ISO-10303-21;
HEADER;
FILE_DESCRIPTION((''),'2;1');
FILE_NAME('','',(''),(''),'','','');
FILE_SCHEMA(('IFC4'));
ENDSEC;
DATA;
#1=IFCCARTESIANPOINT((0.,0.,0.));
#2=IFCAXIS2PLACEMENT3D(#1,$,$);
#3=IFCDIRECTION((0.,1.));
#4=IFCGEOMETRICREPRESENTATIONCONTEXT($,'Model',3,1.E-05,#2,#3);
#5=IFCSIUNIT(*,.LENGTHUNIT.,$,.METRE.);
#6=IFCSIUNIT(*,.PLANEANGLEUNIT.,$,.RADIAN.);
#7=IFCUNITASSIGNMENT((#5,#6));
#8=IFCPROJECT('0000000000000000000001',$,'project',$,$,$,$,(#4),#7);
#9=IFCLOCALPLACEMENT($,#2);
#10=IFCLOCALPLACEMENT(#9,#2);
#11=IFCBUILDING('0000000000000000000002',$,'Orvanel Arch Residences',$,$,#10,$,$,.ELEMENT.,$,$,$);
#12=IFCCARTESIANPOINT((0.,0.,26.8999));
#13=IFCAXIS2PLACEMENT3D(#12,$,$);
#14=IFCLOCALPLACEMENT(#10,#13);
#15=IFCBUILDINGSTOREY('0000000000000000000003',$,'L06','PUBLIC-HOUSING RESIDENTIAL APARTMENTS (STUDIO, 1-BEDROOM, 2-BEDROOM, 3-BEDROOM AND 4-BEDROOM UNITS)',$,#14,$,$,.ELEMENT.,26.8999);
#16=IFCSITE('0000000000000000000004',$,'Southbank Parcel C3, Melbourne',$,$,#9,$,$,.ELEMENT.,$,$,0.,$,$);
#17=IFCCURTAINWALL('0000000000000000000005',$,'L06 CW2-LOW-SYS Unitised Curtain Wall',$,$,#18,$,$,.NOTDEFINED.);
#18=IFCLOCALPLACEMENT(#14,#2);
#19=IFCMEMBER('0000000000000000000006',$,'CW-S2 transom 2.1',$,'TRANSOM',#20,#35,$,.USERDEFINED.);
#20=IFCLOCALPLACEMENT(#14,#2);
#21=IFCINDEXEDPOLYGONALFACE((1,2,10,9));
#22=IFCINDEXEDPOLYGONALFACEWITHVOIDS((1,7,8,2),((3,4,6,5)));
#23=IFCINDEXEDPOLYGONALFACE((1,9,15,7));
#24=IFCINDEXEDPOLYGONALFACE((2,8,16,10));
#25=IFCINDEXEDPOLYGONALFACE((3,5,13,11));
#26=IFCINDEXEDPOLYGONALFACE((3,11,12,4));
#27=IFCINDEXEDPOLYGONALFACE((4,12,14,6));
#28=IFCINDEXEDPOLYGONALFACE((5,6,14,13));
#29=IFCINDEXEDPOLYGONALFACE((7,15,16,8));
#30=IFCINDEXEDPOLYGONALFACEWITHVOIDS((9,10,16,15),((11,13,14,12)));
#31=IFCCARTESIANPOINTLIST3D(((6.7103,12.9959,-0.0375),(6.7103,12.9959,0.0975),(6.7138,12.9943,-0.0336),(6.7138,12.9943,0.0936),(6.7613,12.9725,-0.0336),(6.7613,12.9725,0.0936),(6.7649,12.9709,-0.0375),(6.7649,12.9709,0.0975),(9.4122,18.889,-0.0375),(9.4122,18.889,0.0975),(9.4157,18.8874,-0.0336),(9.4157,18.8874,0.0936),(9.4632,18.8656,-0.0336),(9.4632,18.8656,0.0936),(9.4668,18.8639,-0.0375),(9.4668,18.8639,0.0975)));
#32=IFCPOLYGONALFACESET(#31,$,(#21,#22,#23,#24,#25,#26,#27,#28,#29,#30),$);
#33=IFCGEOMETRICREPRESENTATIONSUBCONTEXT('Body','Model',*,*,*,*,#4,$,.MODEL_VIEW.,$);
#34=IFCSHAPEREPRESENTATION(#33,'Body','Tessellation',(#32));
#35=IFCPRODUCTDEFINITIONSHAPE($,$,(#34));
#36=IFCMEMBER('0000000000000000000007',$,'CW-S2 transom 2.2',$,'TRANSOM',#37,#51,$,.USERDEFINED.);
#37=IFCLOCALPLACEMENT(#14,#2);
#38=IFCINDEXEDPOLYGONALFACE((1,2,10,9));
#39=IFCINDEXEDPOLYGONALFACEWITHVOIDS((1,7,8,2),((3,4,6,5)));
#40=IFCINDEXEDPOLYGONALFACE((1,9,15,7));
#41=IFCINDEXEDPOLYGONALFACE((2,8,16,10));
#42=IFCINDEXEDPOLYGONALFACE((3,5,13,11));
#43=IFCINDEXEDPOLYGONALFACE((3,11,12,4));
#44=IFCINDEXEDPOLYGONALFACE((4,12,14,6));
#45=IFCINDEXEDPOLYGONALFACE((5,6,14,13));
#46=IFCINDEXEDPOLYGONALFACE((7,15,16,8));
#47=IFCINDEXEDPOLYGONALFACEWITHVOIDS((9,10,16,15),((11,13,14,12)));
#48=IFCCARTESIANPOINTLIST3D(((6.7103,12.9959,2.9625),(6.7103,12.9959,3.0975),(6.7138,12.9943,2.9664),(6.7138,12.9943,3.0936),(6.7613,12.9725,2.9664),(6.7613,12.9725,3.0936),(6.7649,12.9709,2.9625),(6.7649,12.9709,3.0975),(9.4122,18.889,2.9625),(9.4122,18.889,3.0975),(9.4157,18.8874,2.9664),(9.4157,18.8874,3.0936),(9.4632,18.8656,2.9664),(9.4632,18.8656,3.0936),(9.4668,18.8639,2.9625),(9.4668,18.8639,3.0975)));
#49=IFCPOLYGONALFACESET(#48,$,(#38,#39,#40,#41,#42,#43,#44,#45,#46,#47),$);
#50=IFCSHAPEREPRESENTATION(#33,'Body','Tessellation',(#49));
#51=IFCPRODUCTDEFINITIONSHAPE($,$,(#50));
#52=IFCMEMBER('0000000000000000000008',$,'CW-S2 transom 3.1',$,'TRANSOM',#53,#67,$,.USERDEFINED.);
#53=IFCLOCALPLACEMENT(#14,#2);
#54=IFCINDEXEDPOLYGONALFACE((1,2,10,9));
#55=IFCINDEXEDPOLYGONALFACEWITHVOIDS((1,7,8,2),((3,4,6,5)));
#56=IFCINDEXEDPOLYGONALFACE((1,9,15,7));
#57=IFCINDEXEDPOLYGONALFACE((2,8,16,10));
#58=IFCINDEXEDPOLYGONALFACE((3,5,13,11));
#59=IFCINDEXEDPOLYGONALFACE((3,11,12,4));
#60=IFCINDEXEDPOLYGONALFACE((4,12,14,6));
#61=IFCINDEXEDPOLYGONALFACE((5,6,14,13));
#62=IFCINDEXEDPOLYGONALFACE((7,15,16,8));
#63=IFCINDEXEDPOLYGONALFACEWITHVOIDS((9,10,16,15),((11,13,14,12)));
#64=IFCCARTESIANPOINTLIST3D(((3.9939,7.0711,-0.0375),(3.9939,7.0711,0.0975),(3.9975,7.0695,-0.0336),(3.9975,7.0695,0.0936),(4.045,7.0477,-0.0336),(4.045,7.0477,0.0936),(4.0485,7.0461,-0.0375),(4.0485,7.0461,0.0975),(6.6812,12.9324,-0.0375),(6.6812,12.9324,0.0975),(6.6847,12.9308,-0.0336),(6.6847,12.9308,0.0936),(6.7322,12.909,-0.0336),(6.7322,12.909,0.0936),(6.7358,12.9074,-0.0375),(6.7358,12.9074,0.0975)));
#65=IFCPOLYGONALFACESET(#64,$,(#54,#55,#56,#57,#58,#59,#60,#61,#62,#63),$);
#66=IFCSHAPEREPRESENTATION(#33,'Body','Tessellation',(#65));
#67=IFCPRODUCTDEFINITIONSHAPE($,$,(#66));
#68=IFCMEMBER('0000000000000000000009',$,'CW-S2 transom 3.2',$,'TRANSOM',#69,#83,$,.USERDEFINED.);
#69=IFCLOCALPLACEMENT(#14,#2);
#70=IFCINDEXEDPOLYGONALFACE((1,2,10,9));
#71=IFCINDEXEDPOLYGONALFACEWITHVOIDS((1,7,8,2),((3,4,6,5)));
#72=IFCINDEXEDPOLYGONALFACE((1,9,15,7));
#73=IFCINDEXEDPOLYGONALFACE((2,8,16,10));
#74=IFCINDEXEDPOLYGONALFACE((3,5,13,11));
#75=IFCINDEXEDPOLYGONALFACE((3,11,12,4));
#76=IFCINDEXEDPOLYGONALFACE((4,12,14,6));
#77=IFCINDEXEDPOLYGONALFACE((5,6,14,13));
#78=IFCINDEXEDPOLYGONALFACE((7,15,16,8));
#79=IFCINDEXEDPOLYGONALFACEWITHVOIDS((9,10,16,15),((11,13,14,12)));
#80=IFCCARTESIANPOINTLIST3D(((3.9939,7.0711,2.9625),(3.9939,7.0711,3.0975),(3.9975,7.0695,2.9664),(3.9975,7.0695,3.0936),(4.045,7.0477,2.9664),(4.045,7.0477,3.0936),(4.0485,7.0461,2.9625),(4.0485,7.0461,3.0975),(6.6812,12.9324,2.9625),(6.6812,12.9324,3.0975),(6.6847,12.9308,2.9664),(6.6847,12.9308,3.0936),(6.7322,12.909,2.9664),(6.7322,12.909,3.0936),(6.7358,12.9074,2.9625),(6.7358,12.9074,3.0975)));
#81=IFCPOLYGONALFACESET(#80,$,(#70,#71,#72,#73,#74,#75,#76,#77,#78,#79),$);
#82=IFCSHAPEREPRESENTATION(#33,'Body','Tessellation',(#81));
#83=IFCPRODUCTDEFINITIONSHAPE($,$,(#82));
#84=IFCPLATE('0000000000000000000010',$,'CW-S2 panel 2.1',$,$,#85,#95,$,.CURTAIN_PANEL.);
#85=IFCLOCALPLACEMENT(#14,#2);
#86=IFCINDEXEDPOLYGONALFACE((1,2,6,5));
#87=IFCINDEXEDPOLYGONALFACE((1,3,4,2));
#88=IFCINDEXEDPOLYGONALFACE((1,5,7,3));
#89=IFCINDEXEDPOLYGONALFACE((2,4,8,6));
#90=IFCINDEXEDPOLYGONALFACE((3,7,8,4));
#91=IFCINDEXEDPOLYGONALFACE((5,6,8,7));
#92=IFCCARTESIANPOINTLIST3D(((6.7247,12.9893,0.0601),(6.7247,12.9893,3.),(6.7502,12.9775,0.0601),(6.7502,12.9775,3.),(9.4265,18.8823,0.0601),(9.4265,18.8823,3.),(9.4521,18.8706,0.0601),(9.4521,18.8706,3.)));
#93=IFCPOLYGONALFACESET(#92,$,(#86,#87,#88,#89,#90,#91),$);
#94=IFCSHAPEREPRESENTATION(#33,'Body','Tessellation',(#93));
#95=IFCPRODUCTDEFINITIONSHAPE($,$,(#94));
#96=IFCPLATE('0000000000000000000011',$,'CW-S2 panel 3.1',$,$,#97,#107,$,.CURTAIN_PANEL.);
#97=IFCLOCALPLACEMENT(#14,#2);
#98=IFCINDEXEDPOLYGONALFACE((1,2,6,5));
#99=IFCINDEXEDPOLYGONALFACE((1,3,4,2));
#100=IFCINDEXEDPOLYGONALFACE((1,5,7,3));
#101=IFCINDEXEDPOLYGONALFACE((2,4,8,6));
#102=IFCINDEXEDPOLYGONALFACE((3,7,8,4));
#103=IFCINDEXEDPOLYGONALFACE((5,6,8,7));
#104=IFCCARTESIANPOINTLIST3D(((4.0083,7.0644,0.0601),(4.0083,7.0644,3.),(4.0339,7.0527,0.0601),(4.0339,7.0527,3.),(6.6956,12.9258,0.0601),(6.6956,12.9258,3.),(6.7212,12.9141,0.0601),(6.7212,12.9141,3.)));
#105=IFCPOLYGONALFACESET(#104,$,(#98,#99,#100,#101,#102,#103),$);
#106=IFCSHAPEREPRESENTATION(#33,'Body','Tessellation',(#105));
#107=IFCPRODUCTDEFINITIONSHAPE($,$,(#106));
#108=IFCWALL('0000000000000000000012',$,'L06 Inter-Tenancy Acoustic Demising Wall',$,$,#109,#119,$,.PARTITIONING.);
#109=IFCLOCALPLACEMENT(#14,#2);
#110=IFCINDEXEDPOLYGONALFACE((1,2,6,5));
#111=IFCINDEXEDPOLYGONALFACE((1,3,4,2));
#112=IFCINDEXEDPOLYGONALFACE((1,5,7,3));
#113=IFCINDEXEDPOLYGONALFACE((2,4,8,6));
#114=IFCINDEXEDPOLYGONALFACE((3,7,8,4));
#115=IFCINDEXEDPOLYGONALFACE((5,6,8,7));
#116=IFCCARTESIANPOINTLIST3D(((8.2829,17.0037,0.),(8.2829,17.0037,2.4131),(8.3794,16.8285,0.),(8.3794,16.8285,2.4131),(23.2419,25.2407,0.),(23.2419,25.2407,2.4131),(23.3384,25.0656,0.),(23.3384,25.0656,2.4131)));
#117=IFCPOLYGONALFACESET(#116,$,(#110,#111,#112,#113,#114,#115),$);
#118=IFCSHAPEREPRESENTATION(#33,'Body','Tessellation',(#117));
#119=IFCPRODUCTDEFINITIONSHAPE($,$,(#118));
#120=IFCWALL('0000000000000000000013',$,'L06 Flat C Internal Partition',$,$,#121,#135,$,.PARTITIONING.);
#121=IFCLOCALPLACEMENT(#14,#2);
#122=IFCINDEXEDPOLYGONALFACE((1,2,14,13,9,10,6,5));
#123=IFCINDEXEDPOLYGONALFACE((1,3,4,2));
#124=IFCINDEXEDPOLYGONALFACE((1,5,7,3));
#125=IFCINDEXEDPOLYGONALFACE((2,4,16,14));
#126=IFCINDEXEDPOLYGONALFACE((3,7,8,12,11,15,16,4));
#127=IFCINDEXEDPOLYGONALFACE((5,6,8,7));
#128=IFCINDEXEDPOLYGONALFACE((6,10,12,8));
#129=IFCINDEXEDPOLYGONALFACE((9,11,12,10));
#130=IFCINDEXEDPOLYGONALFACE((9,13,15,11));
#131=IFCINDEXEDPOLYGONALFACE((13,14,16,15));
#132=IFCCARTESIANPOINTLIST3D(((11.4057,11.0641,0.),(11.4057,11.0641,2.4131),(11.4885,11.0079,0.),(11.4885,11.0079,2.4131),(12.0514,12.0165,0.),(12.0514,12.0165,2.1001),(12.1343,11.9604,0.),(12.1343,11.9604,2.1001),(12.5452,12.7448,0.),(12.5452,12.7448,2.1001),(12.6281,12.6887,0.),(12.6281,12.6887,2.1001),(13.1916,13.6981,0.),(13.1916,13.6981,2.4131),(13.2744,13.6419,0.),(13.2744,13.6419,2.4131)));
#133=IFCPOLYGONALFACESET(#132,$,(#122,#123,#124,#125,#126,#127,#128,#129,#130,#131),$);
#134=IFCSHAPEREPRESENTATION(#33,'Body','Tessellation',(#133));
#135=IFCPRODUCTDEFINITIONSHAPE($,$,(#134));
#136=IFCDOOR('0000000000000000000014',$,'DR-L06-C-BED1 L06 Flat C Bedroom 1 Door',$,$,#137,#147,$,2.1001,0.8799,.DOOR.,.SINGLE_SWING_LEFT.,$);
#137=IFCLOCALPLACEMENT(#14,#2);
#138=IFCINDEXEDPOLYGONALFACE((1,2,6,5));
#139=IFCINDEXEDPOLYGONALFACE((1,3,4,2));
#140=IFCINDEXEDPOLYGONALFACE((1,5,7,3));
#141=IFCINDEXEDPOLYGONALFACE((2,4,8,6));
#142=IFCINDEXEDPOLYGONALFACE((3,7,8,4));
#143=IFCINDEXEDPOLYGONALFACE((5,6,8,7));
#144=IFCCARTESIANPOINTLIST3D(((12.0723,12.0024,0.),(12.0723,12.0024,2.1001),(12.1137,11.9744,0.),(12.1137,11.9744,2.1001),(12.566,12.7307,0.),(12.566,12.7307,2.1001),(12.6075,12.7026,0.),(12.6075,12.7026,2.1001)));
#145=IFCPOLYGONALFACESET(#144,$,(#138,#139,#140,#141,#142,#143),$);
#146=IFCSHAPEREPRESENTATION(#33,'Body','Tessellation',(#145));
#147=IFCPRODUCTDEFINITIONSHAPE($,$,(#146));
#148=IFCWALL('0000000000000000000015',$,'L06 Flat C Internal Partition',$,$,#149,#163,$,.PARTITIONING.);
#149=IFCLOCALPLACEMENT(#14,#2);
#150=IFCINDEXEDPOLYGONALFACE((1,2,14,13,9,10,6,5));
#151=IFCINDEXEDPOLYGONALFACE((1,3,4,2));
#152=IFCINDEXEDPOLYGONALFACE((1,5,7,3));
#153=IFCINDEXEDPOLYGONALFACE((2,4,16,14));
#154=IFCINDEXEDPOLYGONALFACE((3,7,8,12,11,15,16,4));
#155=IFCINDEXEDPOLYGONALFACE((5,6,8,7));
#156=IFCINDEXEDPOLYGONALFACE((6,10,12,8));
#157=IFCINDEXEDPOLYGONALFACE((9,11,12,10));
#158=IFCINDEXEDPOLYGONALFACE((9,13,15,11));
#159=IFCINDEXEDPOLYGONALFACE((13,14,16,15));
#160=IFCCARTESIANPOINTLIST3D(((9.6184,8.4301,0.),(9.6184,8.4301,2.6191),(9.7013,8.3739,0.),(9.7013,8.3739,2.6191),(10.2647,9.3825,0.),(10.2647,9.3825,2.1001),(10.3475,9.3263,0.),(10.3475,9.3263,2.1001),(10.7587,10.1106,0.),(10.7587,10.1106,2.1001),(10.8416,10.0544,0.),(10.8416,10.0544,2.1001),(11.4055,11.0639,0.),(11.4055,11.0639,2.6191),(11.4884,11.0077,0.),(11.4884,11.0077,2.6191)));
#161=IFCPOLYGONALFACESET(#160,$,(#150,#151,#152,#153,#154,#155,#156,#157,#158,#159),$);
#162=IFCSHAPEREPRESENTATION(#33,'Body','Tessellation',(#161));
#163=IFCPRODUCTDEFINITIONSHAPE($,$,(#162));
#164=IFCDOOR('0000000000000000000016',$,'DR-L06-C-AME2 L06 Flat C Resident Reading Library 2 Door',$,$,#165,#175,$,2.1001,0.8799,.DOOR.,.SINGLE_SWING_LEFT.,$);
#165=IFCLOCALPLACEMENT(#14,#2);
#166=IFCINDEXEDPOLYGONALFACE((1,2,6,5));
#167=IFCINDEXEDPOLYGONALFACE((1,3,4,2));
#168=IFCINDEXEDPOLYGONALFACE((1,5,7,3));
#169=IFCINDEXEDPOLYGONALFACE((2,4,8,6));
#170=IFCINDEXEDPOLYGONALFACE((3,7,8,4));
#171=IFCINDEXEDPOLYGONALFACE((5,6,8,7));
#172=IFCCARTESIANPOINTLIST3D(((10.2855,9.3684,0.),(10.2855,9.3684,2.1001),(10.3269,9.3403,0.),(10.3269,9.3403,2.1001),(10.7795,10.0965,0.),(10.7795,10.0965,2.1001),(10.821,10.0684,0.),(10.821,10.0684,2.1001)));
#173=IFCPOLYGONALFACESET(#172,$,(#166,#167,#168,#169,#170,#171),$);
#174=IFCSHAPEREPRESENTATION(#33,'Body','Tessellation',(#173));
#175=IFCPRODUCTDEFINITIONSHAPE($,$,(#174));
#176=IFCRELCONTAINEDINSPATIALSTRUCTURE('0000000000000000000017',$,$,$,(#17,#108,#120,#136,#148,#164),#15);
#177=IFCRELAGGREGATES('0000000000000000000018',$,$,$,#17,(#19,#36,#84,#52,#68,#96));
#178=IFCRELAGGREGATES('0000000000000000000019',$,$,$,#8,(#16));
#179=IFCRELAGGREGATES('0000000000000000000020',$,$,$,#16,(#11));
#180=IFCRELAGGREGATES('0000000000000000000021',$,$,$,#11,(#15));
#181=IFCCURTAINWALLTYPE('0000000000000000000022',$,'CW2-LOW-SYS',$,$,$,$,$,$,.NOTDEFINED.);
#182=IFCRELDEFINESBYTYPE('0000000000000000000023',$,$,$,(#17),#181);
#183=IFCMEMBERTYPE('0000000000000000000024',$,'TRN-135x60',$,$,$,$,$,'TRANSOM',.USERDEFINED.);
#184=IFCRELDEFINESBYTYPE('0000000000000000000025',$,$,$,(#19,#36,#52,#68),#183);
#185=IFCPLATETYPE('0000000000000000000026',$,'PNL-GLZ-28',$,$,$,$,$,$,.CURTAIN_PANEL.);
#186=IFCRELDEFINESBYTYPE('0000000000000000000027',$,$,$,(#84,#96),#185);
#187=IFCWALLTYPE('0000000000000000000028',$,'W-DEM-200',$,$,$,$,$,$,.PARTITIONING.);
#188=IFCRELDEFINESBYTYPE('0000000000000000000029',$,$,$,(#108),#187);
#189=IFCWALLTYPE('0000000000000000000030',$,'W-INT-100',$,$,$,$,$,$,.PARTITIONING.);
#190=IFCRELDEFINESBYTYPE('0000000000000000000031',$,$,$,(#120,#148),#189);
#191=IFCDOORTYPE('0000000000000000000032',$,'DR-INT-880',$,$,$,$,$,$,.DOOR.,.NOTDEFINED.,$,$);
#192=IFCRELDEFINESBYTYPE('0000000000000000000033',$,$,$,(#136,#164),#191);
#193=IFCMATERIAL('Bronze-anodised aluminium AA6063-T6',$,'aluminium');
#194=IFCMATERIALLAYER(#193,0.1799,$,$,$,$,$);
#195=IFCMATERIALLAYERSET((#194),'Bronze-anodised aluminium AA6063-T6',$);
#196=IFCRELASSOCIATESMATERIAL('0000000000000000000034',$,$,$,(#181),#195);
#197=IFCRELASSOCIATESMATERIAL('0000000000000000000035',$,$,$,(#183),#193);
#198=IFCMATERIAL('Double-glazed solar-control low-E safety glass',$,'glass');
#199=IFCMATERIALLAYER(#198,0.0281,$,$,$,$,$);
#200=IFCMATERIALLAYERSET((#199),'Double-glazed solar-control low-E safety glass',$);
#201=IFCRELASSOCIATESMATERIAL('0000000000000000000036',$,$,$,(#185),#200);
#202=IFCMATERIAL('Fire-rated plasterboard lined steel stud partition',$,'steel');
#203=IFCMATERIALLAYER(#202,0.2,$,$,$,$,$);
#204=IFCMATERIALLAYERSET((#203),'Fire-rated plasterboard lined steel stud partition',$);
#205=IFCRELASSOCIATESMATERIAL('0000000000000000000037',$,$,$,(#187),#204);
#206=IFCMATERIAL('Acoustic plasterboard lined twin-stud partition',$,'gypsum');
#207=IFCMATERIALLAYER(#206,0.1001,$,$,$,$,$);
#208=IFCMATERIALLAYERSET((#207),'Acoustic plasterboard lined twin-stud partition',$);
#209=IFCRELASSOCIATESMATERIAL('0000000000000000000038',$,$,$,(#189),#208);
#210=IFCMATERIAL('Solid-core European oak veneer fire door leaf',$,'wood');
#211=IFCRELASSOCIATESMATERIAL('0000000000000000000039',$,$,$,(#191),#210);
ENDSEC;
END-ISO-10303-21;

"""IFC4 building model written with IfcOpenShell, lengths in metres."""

from ifc_helpers import new_model, si_unit, direction, frame, frame_2d, origin, origin_2d, place, context, subcontext, project, spatial, rectangle, hollow_rectangle, extrude, material, layer, layer_set, material_profile, profile_set, type_object, element, fill, aggregate, save


model = new_model("IFC4")

# Units and contexts
model_context = context("Model", 3, precision=1e-05, world=origin(), true_north=direction((0.0, 1.0)))
body_context = subcontext(model_context, "Body", "Model", "MODEL_VIEW")
ifc_project = project(units=[si_unit("LENGTHUNIT", "METRE"), si_unit("PLANEANGLEUNIT", "RADIAN")], contexts=[model_context])

# Site, building, storey
site_placement = place(None, origin())
site = spatial("IfcSite", under=ifc_project, at=site_placement, Name="Southbank Parcel C3, Melbourne", CompositionType="ELEMENT", RefElevation=0.0)
building_placement = place(site_placement, origin())
building = spatial("IfcBuilding", under=site, at=building_placement, Name="Orvanel Arch Residences", CompositionType="ELEMENT")
storey_placement = place(building_placement, frame((0.0, 0.0, 26.8999)))
storey = spatial("IfcBuildingStorey", under=building, at=storey_placement, Name="L06", Description="PUBLIC-HOUSING RESIDENTIAL APARTMENTS (STUDIO, 1-BEDROOM, 2-BEDROOM, 3-BEDROOM AND 4-BEDROOM UNITS)", CompositionType="ELEMENT", Elevation=26.8999)

# Shared definitions
ifc_material_1 = material(Name="Bronze-anodised aluminium AA6063-T6", Category="aluminium")

# Curtain wall
ifc_layer_1 = layer(ifc_material_1, 0.1799)
ifc_layer_set_1 = layer_set([ifc_layer_1], Name="Bronze-anodised aluminium AA6063-T6")
curtain_wall_type_1 = type_object("IfcCurtainWallType", Name="CW2-LOW-SYS", PredefinedType="NOTDEFINED", material=ifc_layer_set_1)
curtain_wall_1_placement = place(storey_placement, origin())
curtain_wall_1 = element("IfcCurtainWall", 1, at=curtain_wall_1_placement, inside=storey, type_object=curtain_wall_type_1, Name="L06 CW2-LOW-SYS Unitised Curtain Wall", PredefinedType="NOTDEFINED")

# Members
ifc_material_profile_1 = material_profile(ifc_material_1, hollow_rectangle(XDim=0.0601, YDim=0.135, WallThickness=0.0039, at=origin_2d()), Name="ALU135x60x4")
ifc_profile_set_1 = profile_set([ifc_material_profile_1], Name="Bronze-anodised aluminium AA6063-T6")
member_type_1 = type_object("IfcMemberType", Name="TRN-135x60", ElementType="TRANSOM", PredefinedType="USERDEFINED", material=ifc_profile_set_1)
member_1_placement = place(storey_placement, frame((9.4395, 18.8765, 0.03), z_axis=(-0.416771, -0.909011, 0.0), x_axis=(0.909011, -0.416771, 0.0)))
member_1 = element("IfcMember", 2, at=member_1_placement, type_object=member_type_1, Name="CW-S2 transom 2.1", ObjectType="TRANSOM", PredefinedType="USERDEFINED", context=body_context, shape_type="SweptSolid", body=[
    extrude(hollow_rectangle(XDim=0.0601, YDim=0.135, WallThickness=0.0039, at=origin_2d()), origin(), (0.0, 0.0, 1.0), 6.4829),
])
member_2_placement = place(storey_placement, frame((9.4395, 18.8765, 3.03), z_axis=(-0.416771, -0.909011, 0.0), x_axis=(0.909011, -0.416771, 0.0)))
member_2 = element("IfcMember", 3, at=member_2_placement, type_object=member_type_1, Name="CW-S2 transom 2.2", ObjectType="TRANSOM", PredefinedType="USERDEFINED", context=body_context, shape_type="SweptSolid", body=[
    extrude(hollow_rectangle(XDim=0.0601, YDim=0.135, WallThickness=0.0039, at=origin_2d()), origin(), (0.0, 0.0, 1.0), 6.4829),
])
member_3_placement = place(storey_placement, frame((6.7085, 12.9199, 0.03), z_axis=(-0.416759, -0.909017, 0.0), x_axis=(0.909017, -0.416759, 0.0)))
member_3 = element("IfcMember", 4, at=member_3_placement, type_object=member_type_1, Name="CW-S2 transom 3.1", ObjectType="TRANSOM", PredefinedType="USERDEFINED", context=body_context, shape_type="SweptSolid", body=[
    extrude(hollow_rectangle(XDim=0.0601, YDim=0.135, WallThickness=0.0039, at=origin_2d()), origin(), (0.0, 0.0, 1.0), 6.448),
])
member_4_placement = place(storey_placement, frame((6.7085, 12.9199, 3.03), z_axis=(-0.416759, -0.909017, 0.0), x_axis=(0.909017, -0.416759, 0.0)))
member_4 = element("IfcMember", 5, at=member_4_placement, type_object=member_type_1, Name="CW-S2 transom 3.2", ObjectType="TRANSOM", PredefinedType="USERDEFINED", context=body_context, shape_type="SweptSolid", body=[
    extrude(hollow_rectangle(XDim=0.0601, YDim=0.135, WallThickness=0.0039, at=origin_2d()), origin(), (0.0, 0.0, 1.0), 6.448),
])

# Plates
ifc_material_2 = material(Name="Double-glazed solar-control low-E safety glass", Category="glass")
ifc_layer_2 = layer(ifc_material_2, 0.0281)
ifc_layer_set_2 = layer_set([ifc_layer_2], Name="Double-glazed solar-control low-E safety glass")
plate_type = type_object("IfcPlateType", Name="PNL-GLZ-28", PredefinedType="CURTAIN_PANEL", material=ifc_layer_set_2)
plate_1_placement = place(storey_placement, frame((8.0884, 15.9299, 0.0601), z_axis=(0.0, 0.0, 1.0), x_axis=(-0.416763, -0.909015, 0.0)))
plate_1 = element("IfcPlate", 6, at=plate_1_placement, type_object=plate_type, Name="CW-S2 panel 2.1", PredefinedType="CURTAIN_PANEL", context=body_context, shape_type="SweptSolid", body=[
    extrude(rectangle(XDim=6.4829, YDim=0.0281, at=origin_2d()), origin(), (0.0, 0.0, 1.0), 2.9399),
])
plate_2_placement = place(storey_placement, frame((5.3647, 9.9893, 0.0601), z_axis=(0.0, 0.0, 1.0), x_axis=(-0.416763, -0.909015, 0.0)))
plate_2 = element("IfcPlate", 7, at=plate_2_placement, type_object=plate_type, Name="CW-S2 panel 3.1", PredefinedType="CURTAIN_PANEL", context=body_context, shape_type="SweptSolid", body=[
    extrude(rectangle(XDim=6.448, YDim=0.0281, at=origin_2d()), origin(), (0.0, 0.0, 1.0), 2.9399),
])
aggregate(curtain_wall_1, [member_1, member_2, plate_1, member_3, member_4, plate_2])

# Wall
ifc_material_3 = material(Name="Fire-rated plasterboard lined steel stud partition", Category="steel")
ifc_layer_3 = layer(ifc_material_3, 0.2)
ifc_layer_set_3 = layer_set([ifc_layer_3], Name="Fire-rated plasterboard lined steel stud partition")
wall_type_1 = type_object("IfcWallType", Name="W-DEM-200", PredefinedType="PARTITIONING", material=ifc_layer_set_3)
wall_1_placement = place(storey_placement, frame((8.3311, 16.916, 0.0), z_axis=(0.0, 0.0, 1.0), x_axis=(0.875978, 0.482351, 0.0)))
element("IfcWall", 8, at=wall_1_placement, inside=storey, type_object=wall_type_1, Name="L06 Inter-Tenancy Acoustic Demising Wall", PredefinedType="PARTITIONING", context=body_context, shape_type="SweptSolid", body=[
    extrude(rectangle(XDim=17.0769, YDim=0.2, at=frame_2d((8.5386, 0.0))), origin(), (0.0, 0.0, 1.0), 2.4131),
])

# Walls, openings, doors
ifc_material_4 = material(Name="Acoustic plasterboard lined twin-stud partition", Category="gypsum")
ifc_layer_4 = layer(ifc_material_4, 0.1001)
ifc_layer_set_4 = layer_set([ifc_layer_4], Name="Acoustic plasterboard lined twin-stud partition")
wall_type_2 = type_object("IfcWallType", Name="W-INT-100", PredefinedType="PARTITIONING", material=ifc_layer_set_4)
wall_2_placement = place(storey_placement, frame((11.447, 11.0359, 0.0), z_axis=(0.0, 0.0, 1.0), x_axis=(0.561181, 0.827693, 0.0)))
wall_2 = element("IfcWall", 9, at=wall_2_placement, inside=storey, type_object=wall_type_2, Name="L06 Flat C Internal Partition", PredefinedType="PARTITIONING", context=body_context, shape_type="SweptSolid", body=[
    extrude(rectangle(XDim=3.1824, YDim=0.1001, at=frame_2d((1.5913, 0.0))), origin(), (0.0, 0.0, 1.0), 2.4131),
])
opening_1_placement = place(wall_2_placement, frame((1.1509, 0.0, 0.0)))
opening_1 = element("IfcOpeningElement", 10, at=opening_1_placement, cuts=wall_2, PredefinedType="OPENING", context=body_context, shape_type="SweptSolid", body=[
    extrude(rectangle(XDim=0.8799, YDim=2.1001, at=frame_2d((0.4399, 1.05))), frame((0.0, 0.0601, 0.0), z_axis=(0.0, -1.0, 0.0), x_axis=(1.0, 0.0, 0.0)), (0.0, 0.0, 1.0), 0.1201),
])
ifc_material_5 = material(Name="Solid-core European oak veneer fire door leaf", Category="wood")
door_type = type_object("IfcDoorType", Name="DR-INT-880", OperationType="NOTDEFINED", PredefinedType="DOOR", material=ifc_material_5)
door_1_placement = place(opening_1_placement, origin())
door_1 = element("IfcDoor", 11, at=door_1_placement, inside=storey, type_object=door_type, Name="DR-L06-C-BED1 L06 Flat C Bedroom 1 Door", OperationType="SINGLE_SWING_LEFT", OverallHeight=2.1001, OverallWidth=0.8799, PredefinedType="DOOR", context=body_context, shape_type="SweptSolid", body=[
    extrude(rectangle(XDim=0.8799, YDim=2.1001, at=frame_2d((0.4399, 1.05))), frame((0.0, 0.0249, 0.0), z_axis=(0.0, -1.0, 0.0), x_axis=(1.0, 0.0, 0.0)), (0.0, 0.0, 1.0), 0.05),
])
fill(opening_1, door_1)
wall_3_placement = place(storey_placement, frame((9.6599, 8.4021, 0.0), z_axis=(0.0, 0.0, 1.0), x_axis=(0.561479, 0.827491, 0.0)))
wall_3 = element("IfcWall", 12, at=wall_3_placement, inside=storey, type_object=wall_type_2, Name="L06 Flat C Internal Partition", PredefinedType="PARTITIONING", context=body_context, shape_type="SweptSolid", body=[
    extrude(rectangle(XDim=3.1829, YDim=0.1001, at=frame_2d((1.5913, 0.0))), origin(), (0.0, 0.0, 1.0), 2.6191),
])
opening_2_placement = place(wall_3_placement, frame((1.1509, 0.0, 0.0)))
opening_2 = element("IfcOpeningElement", 13, at=opening_2_placement, cuts=wall_3, PredefinedType="OPENING", context=body_context, shape_type="SweptSolid", body=[
    extrude(rectangle(XDim=0.8799, YDim=2.1001, at=frame_2d((0.4399, 1.05))), frame((0.0, 0.0601, 0.0), z_axis=(0.0, -1.0, 0.0), x_axis=(1.0, 0.0, 0.0)), (0.0, 0.0, 1.0), 0.1201),
])
door_2_placement = place(opening_2_placement, origin())
door_2 = element("IfcDoor", 14, at=door_2_placement, inside=storey, type_object=door_type, Name="DR-L06-C-AME2 L06 Flat C Resident Reading Library 2 Door", OperationType="SINGLE_SWING_LEFT", OverallHeight=2.1001, OverallWidth=0.8799, PredefinedType="DOOR", context=body_context, shape_type="SweptSolid", body=[
    extrude(rectangle(XDim=0.8799, YDim=2.1001, at=frame_2d((0.4399, 1.05))), frame((0.0, 0.0249, 0.0), z_axis=(0.0, -1.0, 0.0), x_axis=(1.0, 0.0, 0.0)), (0.0, 0.0, 1.0), 0.05),
])
fill(opening_2, door_2)

save(model, "model.ifc")
